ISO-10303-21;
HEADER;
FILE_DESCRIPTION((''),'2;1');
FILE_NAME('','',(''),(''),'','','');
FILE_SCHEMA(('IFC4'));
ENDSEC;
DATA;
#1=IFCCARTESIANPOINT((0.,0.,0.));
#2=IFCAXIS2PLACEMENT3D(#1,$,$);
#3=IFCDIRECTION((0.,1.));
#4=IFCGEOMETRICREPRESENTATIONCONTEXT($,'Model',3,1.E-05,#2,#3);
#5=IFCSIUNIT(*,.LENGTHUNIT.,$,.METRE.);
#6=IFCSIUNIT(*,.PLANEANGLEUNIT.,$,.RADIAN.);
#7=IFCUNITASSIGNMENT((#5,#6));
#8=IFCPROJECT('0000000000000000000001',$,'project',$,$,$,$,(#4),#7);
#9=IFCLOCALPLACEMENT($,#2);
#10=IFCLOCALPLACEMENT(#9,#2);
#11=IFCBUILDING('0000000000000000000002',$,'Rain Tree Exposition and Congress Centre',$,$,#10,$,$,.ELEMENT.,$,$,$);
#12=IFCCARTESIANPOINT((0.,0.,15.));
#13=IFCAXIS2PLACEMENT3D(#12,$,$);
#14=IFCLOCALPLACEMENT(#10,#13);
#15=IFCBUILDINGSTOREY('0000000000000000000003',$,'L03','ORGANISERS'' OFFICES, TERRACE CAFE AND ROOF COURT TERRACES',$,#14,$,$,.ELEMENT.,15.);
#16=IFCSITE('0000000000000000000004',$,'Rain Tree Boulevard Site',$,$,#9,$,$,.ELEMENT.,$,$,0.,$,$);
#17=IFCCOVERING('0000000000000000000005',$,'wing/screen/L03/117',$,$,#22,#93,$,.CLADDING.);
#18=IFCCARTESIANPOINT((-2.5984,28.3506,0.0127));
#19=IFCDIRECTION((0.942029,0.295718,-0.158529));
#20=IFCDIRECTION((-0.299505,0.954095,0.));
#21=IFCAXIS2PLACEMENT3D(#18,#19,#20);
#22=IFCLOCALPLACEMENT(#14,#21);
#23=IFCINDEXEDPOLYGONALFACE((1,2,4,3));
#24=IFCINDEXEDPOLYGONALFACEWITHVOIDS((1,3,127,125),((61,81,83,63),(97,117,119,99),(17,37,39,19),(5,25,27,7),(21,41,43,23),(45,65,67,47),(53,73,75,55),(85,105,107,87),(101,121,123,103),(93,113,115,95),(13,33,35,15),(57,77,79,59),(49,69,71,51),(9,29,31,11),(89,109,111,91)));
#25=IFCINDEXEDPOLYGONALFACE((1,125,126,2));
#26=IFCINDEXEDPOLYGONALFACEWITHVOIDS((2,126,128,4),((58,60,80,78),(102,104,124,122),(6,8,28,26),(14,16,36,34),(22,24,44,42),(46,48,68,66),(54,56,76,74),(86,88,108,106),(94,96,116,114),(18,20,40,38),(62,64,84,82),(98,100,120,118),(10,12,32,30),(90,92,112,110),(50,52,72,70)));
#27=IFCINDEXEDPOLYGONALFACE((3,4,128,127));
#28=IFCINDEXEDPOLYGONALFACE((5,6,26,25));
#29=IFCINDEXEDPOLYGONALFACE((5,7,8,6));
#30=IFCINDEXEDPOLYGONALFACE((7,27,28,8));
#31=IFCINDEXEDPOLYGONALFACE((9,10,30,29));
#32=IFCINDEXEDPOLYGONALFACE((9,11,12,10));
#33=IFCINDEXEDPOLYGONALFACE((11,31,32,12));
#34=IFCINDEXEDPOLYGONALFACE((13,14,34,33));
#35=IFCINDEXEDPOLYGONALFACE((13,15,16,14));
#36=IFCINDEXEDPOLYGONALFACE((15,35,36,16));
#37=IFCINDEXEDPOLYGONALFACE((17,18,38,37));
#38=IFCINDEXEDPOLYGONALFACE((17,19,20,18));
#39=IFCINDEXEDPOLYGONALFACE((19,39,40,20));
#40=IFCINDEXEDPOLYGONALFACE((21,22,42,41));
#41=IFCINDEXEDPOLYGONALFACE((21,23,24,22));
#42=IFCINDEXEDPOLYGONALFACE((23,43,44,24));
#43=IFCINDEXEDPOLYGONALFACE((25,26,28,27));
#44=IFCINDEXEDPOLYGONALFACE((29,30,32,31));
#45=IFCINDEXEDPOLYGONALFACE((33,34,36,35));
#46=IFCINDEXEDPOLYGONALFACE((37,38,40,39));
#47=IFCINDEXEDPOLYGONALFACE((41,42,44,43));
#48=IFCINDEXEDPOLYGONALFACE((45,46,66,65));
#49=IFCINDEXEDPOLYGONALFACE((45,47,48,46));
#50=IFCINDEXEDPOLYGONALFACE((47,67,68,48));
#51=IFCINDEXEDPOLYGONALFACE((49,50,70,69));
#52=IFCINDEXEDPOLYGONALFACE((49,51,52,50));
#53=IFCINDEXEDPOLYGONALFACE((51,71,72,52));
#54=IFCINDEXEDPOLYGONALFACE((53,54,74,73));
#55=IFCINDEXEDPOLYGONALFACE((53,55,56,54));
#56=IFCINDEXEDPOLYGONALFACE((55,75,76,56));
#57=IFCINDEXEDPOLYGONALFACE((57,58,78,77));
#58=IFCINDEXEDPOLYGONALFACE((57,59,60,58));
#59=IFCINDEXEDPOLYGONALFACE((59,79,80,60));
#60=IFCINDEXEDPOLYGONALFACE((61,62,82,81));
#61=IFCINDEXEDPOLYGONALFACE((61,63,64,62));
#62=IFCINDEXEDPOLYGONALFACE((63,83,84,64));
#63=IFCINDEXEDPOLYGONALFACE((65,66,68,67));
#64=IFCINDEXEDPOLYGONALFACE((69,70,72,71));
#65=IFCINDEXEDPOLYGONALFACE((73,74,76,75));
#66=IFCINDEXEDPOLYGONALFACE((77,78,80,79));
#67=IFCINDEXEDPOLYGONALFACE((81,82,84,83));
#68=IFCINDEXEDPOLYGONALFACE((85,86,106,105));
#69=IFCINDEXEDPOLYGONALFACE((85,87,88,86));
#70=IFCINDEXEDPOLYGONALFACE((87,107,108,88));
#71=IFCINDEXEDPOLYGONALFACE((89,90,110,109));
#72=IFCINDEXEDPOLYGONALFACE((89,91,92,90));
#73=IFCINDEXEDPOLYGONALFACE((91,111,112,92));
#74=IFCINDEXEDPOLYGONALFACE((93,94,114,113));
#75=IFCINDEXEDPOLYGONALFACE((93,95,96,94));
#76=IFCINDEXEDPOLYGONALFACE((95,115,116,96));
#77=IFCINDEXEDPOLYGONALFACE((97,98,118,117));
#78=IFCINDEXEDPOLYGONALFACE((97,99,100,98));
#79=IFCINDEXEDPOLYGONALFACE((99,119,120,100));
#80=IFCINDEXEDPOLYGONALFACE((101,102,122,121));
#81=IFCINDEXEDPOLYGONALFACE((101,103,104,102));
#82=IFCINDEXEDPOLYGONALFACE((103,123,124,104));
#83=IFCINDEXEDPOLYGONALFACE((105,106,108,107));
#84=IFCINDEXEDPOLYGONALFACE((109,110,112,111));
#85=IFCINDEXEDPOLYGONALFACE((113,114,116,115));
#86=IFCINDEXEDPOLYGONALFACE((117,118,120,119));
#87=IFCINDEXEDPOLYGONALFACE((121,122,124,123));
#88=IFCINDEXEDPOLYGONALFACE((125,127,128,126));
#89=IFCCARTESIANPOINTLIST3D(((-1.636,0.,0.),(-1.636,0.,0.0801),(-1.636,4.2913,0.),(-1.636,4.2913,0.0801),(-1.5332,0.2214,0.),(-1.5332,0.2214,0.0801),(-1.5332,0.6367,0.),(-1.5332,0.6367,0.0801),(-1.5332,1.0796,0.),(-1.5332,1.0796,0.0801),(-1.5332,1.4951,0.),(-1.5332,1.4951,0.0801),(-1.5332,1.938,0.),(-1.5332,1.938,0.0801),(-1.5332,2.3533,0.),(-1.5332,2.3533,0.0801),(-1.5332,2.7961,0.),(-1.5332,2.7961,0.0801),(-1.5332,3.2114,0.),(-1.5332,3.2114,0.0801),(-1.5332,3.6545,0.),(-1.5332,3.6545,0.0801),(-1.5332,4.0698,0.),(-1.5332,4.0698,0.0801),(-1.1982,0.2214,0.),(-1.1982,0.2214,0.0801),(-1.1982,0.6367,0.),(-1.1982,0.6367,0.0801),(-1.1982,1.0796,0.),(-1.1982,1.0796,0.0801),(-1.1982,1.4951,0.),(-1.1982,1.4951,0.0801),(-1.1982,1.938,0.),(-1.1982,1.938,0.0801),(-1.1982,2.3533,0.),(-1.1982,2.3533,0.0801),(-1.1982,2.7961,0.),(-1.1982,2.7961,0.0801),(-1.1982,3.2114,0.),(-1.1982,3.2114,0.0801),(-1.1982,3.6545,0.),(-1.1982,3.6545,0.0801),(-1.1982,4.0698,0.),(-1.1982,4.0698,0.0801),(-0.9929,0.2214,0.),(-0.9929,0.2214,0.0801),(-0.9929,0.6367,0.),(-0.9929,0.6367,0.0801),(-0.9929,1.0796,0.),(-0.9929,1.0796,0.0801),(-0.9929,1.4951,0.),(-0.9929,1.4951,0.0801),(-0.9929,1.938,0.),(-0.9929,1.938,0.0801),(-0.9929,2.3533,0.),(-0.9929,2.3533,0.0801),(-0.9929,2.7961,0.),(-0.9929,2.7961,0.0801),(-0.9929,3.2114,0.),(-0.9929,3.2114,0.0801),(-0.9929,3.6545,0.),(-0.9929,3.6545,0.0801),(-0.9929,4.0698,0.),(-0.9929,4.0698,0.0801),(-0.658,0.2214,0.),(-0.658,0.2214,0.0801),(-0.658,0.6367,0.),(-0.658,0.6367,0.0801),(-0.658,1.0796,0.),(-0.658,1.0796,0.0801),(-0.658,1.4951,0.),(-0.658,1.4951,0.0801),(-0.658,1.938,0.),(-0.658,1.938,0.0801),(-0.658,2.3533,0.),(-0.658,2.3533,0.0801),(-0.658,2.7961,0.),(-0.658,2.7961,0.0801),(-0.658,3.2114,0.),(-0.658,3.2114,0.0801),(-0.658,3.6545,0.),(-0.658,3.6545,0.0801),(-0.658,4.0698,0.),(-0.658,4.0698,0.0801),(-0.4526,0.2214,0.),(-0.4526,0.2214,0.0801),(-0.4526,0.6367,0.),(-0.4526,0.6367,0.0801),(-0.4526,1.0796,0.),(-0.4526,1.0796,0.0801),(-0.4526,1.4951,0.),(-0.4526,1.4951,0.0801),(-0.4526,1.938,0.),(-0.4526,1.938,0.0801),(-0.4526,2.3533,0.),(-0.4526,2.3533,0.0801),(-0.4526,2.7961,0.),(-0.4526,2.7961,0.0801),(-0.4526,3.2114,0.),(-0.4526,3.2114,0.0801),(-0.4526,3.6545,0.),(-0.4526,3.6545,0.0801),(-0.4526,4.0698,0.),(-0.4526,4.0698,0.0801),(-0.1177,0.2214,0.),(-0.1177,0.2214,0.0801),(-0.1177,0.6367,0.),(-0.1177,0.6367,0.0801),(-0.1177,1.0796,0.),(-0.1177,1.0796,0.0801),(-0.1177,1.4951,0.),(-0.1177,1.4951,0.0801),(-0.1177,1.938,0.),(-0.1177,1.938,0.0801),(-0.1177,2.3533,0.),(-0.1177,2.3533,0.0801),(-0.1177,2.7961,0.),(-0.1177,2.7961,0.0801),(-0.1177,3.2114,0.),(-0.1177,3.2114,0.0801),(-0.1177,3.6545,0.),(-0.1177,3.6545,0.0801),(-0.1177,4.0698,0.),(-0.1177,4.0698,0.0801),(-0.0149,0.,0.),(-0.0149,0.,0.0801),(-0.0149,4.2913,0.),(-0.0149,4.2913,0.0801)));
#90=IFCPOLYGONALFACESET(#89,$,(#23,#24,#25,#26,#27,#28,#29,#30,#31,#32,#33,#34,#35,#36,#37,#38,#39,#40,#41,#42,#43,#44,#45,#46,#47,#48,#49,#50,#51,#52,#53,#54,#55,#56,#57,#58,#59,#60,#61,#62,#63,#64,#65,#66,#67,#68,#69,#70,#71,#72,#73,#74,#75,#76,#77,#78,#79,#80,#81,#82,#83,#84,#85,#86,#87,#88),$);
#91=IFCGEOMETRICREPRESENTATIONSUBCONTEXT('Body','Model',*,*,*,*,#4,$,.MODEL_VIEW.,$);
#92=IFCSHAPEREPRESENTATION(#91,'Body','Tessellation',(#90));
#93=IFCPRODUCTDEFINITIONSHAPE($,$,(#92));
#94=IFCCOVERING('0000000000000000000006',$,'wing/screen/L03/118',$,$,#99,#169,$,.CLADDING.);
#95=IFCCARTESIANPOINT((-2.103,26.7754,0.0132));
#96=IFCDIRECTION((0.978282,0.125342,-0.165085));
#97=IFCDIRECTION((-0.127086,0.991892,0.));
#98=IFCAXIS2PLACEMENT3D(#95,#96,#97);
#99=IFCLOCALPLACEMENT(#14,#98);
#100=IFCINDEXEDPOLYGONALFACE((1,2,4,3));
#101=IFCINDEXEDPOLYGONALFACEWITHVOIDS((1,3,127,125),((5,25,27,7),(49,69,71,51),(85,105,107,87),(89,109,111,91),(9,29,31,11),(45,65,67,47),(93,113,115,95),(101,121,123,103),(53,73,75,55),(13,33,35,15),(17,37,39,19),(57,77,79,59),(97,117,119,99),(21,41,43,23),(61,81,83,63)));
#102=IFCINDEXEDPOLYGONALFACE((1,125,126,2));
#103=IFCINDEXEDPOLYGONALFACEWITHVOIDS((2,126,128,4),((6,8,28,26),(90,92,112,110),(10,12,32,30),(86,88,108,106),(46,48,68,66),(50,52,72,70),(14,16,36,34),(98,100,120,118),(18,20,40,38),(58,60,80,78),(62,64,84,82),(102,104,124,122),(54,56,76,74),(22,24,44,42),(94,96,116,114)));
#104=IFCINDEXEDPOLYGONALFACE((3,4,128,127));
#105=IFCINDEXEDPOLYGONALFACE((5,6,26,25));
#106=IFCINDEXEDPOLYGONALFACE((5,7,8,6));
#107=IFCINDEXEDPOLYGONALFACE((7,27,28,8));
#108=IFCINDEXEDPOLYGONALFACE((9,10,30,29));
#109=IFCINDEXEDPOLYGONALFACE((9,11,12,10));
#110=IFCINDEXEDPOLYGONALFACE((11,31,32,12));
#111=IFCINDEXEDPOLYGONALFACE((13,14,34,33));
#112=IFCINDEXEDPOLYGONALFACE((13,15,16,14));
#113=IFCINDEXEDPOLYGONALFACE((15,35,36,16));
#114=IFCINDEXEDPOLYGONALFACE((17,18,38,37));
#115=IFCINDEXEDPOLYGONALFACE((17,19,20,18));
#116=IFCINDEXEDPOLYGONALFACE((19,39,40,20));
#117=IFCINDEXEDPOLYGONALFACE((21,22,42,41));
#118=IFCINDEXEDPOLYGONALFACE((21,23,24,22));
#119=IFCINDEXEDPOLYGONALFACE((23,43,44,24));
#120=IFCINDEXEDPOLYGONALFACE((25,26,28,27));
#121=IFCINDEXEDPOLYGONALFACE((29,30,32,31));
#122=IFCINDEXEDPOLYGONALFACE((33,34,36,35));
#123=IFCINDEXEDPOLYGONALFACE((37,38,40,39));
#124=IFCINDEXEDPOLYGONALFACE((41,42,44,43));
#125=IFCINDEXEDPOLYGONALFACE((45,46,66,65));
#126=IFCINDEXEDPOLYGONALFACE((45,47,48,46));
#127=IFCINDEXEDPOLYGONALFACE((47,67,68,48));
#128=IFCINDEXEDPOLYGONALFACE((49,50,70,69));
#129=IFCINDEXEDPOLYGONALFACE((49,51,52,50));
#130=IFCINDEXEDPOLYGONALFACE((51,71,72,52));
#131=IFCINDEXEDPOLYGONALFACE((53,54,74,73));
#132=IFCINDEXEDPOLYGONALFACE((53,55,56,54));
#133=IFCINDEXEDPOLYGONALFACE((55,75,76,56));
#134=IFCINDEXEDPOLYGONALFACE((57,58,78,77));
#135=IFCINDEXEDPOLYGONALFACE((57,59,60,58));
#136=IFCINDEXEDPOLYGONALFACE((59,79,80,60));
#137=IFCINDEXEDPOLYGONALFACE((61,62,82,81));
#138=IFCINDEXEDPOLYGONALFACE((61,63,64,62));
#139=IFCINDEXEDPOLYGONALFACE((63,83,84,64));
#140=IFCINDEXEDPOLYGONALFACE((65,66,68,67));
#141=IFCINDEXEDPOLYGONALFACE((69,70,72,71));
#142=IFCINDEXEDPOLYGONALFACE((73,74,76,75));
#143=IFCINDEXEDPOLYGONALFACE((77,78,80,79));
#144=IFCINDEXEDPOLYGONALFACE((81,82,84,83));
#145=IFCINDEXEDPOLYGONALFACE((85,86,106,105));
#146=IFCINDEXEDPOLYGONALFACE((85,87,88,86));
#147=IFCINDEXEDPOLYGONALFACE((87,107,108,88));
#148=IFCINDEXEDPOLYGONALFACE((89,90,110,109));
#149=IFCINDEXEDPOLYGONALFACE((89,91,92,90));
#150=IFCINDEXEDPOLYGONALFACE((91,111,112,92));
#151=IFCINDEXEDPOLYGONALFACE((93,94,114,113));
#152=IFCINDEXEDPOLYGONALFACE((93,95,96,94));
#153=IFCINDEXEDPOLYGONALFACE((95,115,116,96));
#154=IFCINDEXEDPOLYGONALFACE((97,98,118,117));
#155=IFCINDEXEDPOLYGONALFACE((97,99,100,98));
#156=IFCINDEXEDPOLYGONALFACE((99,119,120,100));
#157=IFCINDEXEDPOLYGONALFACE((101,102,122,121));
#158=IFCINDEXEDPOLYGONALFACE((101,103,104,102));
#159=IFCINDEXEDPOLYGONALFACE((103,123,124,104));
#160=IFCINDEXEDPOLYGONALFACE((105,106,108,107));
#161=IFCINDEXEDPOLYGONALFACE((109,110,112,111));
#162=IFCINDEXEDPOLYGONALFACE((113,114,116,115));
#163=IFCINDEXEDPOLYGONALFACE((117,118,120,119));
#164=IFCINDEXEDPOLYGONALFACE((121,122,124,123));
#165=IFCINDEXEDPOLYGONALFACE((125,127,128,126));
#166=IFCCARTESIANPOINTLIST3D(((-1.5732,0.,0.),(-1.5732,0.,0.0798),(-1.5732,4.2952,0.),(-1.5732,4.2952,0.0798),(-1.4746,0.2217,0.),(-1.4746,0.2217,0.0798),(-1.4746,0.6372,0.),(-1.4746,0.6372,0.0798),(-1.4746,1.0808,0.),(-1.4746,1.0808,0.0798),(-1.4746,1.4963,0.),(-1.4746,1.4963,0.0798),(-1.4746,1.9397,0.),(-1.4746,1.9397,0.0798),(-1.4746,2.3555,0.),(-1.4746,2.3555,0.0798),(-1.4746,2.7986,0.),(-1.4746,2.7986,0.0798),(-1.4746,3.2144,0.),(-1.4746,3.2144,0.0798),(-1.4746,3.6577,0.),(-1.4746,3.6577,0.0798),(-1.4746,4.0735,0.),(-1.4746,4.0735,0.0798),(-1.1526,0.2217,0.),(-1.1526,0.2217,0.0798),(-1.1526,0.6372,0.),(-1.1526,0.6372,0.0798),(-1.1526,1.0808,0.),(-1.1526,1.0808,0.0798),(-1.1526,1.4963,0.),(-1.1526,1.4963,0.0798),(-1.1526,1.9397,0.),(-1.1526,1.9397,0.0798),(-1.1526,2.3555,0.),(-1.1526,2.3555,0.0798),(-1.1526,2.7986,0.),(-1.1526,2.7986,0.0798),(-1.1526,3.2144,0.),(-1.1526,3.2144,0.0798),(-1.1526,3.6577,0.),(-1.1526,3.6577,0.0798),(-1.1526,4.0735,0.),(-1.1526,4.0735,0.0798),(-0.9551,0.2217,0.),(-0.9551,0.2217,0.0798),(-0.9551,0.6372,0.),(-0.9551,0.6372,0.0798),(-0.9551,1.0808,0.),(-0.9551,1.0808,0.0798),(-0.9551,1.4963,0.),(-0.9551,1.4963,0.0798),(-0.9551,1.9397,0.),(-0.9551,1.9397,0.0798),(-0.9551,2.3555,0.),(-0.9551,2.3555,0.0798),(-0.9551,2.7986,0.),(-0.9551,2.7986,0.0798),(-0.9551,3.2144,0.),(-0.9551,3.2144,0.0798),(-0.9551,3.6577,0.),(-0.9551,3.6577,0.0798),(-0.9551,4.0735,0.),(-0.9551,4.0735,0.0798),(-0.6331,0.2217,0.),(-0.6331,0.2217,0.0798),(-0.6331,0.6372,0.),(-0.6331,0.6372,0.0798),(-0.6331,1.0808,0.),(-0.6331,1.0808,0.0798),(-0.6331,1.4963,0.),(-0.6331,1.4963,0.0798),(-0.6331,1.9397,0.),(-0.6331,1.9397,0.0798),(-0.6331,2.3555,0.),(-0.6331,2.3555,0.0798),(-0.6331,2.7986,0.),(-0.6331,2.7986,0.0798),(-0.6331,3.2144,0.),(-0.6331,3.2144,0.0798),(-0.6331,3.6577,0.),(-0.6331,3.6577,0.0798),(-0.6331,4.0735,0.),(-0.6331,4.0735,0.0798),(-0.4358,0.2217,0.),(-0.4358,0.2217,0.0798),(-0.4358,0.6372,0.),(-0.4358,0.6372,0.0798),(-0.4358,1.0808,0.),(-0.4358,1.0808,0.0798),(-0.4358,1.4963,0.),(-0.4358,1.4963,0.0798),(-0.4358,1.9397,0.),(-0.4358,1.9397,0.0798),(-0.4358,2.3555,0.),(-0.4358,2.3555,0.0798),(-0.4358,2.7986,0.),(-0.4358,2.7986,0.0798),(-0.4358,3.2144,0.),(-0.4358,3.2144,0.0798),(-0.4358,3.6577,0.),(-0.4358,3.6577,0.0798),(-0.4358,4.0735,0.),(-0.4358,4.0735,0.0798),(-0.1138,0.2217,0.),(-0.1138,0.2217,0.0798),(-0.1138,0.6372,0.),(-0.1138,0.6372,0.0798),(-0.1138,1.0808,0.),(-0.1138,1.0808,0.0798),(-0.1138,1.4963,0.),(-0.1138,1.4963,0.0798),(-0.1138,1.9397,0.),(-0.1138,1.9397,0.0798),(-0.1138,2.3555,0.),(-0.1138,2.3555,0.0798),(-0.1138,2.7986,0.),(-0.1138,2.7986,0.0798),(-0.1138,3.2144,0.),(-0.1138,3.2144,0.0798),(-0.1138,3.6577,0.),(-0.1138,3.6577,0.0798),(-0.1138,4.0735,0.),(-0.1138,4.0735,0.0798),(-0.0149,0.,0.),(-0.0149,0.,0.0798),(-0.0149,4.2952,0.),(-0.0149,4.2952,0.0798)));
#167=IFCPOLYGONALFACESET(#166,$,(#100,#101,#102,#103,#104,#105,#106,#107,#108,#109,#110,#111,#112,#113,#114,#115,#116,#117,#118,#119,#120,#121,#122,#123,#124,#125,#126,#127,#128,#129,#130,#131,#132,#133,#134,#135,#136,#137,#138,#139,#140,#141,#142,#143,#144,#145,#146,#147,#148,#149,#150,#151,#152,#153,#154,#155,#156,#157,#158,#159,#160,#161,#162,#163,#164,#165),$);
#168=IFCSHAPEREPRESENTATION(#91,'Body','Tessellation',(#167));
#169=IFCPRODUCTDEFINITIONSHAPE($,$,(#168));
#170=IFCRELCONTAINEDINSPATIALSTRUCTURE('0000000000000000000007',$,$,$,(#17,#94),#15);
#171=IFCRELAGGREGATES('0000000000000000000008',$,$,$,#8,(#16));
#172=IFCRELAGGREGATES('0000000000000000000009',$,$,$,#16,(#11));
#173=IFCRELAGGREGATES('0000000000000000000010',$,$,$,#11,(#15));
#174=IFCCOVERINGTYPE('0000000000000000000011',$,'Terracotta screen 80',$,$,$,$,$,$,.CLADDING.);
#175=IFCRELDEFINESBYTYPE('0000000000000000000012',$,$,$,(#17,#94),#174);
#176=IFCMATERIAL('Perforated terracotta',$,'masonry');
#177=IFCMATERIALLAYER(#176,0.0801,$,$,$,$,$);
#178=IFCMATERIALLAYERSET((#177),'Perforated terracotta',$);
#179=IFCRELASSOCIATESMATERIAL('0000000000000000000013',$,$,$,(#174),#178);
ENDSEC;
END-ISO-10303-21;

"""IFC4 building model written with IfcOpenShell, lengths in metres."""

from ifc_helpers import new_model, si_unit, direction, frame, origin, place, context, subcontext, project, spatial, polyline, outline, extrude, material, layer, layer_set, type_object, element, save


model = new_model("IFC4")

# Units and contexts
model_context = context("Model", 3, precision=1e-05, world=origin(), true_north=direction((0.0, 1.0)))
body_context = subcontext(model_context, "Body", "Model", "MODEL_VIEW")
ifc_project = project(units=[si_unit("LENGTHUNIT", "METRE"), si_unit("PLANEANGLEUNIT", "RADIAN")], contexts=[model_context])

# Site, building, storey
site_placement = place(None, origin())
site = spatial("IfcSite", under=ifc_project, at=site_placement, Name="Rain Tree Boulevard Site", CompositionType="ELEMENT", RefElevation=0.0)
building_placement = place(site_placement, origin())
building = spatial("IfcBuilding", under=site, at=building_placement, Name="Rain Tree Exposition and Congress Centre", CompositionType="ELEMENT")
storey_placement = place(building_placement, frame((0.0, 0.0, 15.0)))
storey = spatial("IfcBuildingStorey", under=building, at=storey_placement, Name="L03", Description="ORGANISERS' OFFICES, TERRACE CAFE AND ROOF COURT TERRACES", CompositionType="ELEMENT", Elevation=15.0)

# Coverings
ifc_material_1 = material(Name="Perforated terracotta", Category="masonry")
ifc_layer_1 = layer(ifc_material_1, 0.0801)
ifc_layer_set_1 = layer_set([ifc_layer_1], Name="Perforated terracotta")
covering_type = type_object("IfcCoveringType", Name="Terracotta screen 80", PredefinedType="CLADDING", material=ifc_layer_set_1)
covering_1_placement = place(storey_placement, frame((-2.5984, 28.3506, 0.0127), z_axis=(0.942029, 0.295718, -0.158529), x_axis=(-0.299505, 0.954095, 0.0)))
element("IfcCovering", 1, at=covering_1_placement, inside=storey, type_object=covering_type, Name="wing/screen/L03/117", PredefinedType="CLADDING", context=body_context, shape_type="SweptSolid", body=[
    extrude(outline(polyline([(-1.636, 0.0), (-1.636, 4.2913), (-0.0149, 4.2913), (-0.0149, 0.0), (-1.636, 0.0)]), holes=[polyline([(-0.1177, 0.2214), (-0.1177, 0.6367), (-0.4526, 0.6367), (-0.4526, 0.2214), (-0.1177, 0.2214)]), polyline([(-0.1177, 1.0796), (-0.1177, 1.4951), (-0.4526, 1.4951), (-0.4526, 1.0796), (-0.1177, 1.0796)]), polyline([(-0.1177, 1.938), (-0.1177, 2.3533), (-0.4526, 2.3533), (-0.4526, 1.938), (-0.1177, 1.938)]), polyline([(-0.1177, 2.7961), (-0.1177, 3.2114), (-0.4526, 3.2114), (-0.4526, 2.7961), (-0.1177, 2.7961)]), polyline([(-0.1177, 3.6545), (-0.1177, 4.0698), (-0.4526, 4.0698), (-0.4526, 3.6545), (-0.1177, 3.6545)]), polyline([(-0.658, 0.2214), (-0.658, 0.6367), (-0.9929, 0.6367), (-0.9929, 0.2214), (-0.658, 0.2214)]), polyline([(-0.658, 1.0796), (-0.658, 1.4951), (-0.9929, 1.4951), (-0.9929, 1.0796), (-0.658, 1.0796)]), polyline([(-0.658, 1.938), (-0.658, 2.3533), (-0.9929, 2.3533), (-0.9929, 1.938), (-0.658, 1.938)]), polyline([(-0.658, 2.7961), (-0.658, 3.2114), (-0.9929, 3.2114), (-0.9929, 2.7961), (-0.658, 2.7961)]), polyline([(-0.658, 3.6545), (-0.658, 4.0698), (-0.9929, 4.0698), (-0.9929, 3.6545), (-0.658, 3.6545)]), polyline([(-1.1982, 0.2214), (-1.1982, 0.6367), (-1.5332, 0.6367), (-1.5332, 0.2214), (-1.1982, 0.2214)]), polyline([(-1.1982, 1.0796), (-1.1982, 1.4951), (-1.5332, 1.4951), (-1.5332, 1.0796), (-1.1982, 1.0796)]), polyline([(-1.1982, 1.938), (-1.1982, 2.3533), (-1.5332, 2.3533), (-1.5332, 1.938), (-1.1982, 1.938)]), polyline([(-1.1982, 2.7961), (-1.1982, 3.2114), (-1.5332, 3.2114), (-1.5332, 2.7961), (-1.1982, 2.7961)]), polyline([(-1.1982, 3.6545), (-1.1982, 4.0698), (-1.5332, 4.0698), (-1.5332, 3.6545), (-1.1982, 3.6545)])]), origin(), (0.0, 0.0, 1.0), 0.0801),
])
covering_2_placement = place(storey_placement, frame((-2.103, 26.7754, 0.0132), z_axis=(0.978282, 0.125342, -0.165085), x_axis=(-0.127086, 0.991892, 0.0)))
element("IfcCovering", 2, at=covering_2_placement, inside=storey, type_object=covering_type, Name="wing/screen/L03/118", PredefinedType="CLADDING", context=body_context, shape_type="SweptSolid", body=[
    extrude(outline(polyline([(-1.5732, 0.0), (-1.5732, 4.2952), (-0.0149, 4.2952), (-0.0149, 0.0), (-1.5732, 0.0)]), holes=[polyline([(-0.1138, 0.2217), (-0.1138, 0.6372), (-0.4358, 0.6372), (-0.4358, 0.2217), (-0.1138, 0.2217)]), polyline([(-0.1138, 1.0808), (-0.1138, 1.4963), (-0.4358, 1.4963), (-0.4358, 1.0808), (-0.1138, 1.0808)]), polyline([(-0.1138, 1.9397), (-0.1138, 2.3555), (-0.4358, 2.3555), (-0.4358, 1.9397), (-0.1138, 1.9397)]), polyline([(-0.1138, 2.7986), (-0.1138, 3.2144), (-0.4358, 3.2144), (-0.4358, 2.7986), (-0.1138, 2.7986)]), polyline([(-0.1138, 3.6577), (-0.1138, 4.0735), (-0.4358, 4.0735), (-0.4358, 3.6577), (-0.1138, 3.6577)]), polyline([(-0.6331, 0.2217), (-0.6331, 0.6372), (-0.9551, 0.6372), (-0.9551, 0.2217), (-0.6331, 0.2217)]), polyline([(-0.6331, 1.0808), (-0.6331, 1.4963), (-0.9551, 1.4963), (-0.9551, 1.0808), (-0.6331, 1.0808)]), polyline([(-0.6331, 1.9397), (-0.6331, 2.3555), (-0.9551, 2.3555), (-0.9551, 1.9397), (-0.6331, 1.9397)]), polyline([(-0.6331, 2.7986), (-0.6331, 3.2144), (-0.9551, 3.2144), (-0.9551, 2.7986), (-0.6331, 2.7986)]), polyline([(-0.6331, 3.6577), (-0.6331, 4.0735), (-0.9551, 4.0735), (-0.9551, 3.6577), (-0.6331, 3.6577)]), polyline([(-1.1526, 0.2217), (-1.1526, 0.6372), (-1.4746, 0.6372), (-1.4746, 0.2217), (-1.1526, 0.2217)]), polyline([(-1.1526, 1.0808), (-1.1526, 1.4963), (-1.4746, 1.4963), (-1.4746, 1.0808), (-1.1526, 1.0808)]), polyline([(-1.1526, 1.9397), (-1.1526, 2.3555), (-1.4746, 2.3555), (-1.4746, 1.9397), (-1.1526, 1.9397)]), polyline([(-1.1526, 2.7986), (-1.1526, 3.2144), (-1.4746, 3.2144), (-1.4746, 2.7986), (-1.1526, 2.7986)]), polyline([(-1.1526, 3.6577), (-1.1526, 4.0735), (-1.4746, 4.0735), (-1.4746, 3.6577), (-1.1526, 3.6577)])]), origin(), (0.0, 0.0, 1.0), 0.0798),
])

save(model, "model.ifc")
